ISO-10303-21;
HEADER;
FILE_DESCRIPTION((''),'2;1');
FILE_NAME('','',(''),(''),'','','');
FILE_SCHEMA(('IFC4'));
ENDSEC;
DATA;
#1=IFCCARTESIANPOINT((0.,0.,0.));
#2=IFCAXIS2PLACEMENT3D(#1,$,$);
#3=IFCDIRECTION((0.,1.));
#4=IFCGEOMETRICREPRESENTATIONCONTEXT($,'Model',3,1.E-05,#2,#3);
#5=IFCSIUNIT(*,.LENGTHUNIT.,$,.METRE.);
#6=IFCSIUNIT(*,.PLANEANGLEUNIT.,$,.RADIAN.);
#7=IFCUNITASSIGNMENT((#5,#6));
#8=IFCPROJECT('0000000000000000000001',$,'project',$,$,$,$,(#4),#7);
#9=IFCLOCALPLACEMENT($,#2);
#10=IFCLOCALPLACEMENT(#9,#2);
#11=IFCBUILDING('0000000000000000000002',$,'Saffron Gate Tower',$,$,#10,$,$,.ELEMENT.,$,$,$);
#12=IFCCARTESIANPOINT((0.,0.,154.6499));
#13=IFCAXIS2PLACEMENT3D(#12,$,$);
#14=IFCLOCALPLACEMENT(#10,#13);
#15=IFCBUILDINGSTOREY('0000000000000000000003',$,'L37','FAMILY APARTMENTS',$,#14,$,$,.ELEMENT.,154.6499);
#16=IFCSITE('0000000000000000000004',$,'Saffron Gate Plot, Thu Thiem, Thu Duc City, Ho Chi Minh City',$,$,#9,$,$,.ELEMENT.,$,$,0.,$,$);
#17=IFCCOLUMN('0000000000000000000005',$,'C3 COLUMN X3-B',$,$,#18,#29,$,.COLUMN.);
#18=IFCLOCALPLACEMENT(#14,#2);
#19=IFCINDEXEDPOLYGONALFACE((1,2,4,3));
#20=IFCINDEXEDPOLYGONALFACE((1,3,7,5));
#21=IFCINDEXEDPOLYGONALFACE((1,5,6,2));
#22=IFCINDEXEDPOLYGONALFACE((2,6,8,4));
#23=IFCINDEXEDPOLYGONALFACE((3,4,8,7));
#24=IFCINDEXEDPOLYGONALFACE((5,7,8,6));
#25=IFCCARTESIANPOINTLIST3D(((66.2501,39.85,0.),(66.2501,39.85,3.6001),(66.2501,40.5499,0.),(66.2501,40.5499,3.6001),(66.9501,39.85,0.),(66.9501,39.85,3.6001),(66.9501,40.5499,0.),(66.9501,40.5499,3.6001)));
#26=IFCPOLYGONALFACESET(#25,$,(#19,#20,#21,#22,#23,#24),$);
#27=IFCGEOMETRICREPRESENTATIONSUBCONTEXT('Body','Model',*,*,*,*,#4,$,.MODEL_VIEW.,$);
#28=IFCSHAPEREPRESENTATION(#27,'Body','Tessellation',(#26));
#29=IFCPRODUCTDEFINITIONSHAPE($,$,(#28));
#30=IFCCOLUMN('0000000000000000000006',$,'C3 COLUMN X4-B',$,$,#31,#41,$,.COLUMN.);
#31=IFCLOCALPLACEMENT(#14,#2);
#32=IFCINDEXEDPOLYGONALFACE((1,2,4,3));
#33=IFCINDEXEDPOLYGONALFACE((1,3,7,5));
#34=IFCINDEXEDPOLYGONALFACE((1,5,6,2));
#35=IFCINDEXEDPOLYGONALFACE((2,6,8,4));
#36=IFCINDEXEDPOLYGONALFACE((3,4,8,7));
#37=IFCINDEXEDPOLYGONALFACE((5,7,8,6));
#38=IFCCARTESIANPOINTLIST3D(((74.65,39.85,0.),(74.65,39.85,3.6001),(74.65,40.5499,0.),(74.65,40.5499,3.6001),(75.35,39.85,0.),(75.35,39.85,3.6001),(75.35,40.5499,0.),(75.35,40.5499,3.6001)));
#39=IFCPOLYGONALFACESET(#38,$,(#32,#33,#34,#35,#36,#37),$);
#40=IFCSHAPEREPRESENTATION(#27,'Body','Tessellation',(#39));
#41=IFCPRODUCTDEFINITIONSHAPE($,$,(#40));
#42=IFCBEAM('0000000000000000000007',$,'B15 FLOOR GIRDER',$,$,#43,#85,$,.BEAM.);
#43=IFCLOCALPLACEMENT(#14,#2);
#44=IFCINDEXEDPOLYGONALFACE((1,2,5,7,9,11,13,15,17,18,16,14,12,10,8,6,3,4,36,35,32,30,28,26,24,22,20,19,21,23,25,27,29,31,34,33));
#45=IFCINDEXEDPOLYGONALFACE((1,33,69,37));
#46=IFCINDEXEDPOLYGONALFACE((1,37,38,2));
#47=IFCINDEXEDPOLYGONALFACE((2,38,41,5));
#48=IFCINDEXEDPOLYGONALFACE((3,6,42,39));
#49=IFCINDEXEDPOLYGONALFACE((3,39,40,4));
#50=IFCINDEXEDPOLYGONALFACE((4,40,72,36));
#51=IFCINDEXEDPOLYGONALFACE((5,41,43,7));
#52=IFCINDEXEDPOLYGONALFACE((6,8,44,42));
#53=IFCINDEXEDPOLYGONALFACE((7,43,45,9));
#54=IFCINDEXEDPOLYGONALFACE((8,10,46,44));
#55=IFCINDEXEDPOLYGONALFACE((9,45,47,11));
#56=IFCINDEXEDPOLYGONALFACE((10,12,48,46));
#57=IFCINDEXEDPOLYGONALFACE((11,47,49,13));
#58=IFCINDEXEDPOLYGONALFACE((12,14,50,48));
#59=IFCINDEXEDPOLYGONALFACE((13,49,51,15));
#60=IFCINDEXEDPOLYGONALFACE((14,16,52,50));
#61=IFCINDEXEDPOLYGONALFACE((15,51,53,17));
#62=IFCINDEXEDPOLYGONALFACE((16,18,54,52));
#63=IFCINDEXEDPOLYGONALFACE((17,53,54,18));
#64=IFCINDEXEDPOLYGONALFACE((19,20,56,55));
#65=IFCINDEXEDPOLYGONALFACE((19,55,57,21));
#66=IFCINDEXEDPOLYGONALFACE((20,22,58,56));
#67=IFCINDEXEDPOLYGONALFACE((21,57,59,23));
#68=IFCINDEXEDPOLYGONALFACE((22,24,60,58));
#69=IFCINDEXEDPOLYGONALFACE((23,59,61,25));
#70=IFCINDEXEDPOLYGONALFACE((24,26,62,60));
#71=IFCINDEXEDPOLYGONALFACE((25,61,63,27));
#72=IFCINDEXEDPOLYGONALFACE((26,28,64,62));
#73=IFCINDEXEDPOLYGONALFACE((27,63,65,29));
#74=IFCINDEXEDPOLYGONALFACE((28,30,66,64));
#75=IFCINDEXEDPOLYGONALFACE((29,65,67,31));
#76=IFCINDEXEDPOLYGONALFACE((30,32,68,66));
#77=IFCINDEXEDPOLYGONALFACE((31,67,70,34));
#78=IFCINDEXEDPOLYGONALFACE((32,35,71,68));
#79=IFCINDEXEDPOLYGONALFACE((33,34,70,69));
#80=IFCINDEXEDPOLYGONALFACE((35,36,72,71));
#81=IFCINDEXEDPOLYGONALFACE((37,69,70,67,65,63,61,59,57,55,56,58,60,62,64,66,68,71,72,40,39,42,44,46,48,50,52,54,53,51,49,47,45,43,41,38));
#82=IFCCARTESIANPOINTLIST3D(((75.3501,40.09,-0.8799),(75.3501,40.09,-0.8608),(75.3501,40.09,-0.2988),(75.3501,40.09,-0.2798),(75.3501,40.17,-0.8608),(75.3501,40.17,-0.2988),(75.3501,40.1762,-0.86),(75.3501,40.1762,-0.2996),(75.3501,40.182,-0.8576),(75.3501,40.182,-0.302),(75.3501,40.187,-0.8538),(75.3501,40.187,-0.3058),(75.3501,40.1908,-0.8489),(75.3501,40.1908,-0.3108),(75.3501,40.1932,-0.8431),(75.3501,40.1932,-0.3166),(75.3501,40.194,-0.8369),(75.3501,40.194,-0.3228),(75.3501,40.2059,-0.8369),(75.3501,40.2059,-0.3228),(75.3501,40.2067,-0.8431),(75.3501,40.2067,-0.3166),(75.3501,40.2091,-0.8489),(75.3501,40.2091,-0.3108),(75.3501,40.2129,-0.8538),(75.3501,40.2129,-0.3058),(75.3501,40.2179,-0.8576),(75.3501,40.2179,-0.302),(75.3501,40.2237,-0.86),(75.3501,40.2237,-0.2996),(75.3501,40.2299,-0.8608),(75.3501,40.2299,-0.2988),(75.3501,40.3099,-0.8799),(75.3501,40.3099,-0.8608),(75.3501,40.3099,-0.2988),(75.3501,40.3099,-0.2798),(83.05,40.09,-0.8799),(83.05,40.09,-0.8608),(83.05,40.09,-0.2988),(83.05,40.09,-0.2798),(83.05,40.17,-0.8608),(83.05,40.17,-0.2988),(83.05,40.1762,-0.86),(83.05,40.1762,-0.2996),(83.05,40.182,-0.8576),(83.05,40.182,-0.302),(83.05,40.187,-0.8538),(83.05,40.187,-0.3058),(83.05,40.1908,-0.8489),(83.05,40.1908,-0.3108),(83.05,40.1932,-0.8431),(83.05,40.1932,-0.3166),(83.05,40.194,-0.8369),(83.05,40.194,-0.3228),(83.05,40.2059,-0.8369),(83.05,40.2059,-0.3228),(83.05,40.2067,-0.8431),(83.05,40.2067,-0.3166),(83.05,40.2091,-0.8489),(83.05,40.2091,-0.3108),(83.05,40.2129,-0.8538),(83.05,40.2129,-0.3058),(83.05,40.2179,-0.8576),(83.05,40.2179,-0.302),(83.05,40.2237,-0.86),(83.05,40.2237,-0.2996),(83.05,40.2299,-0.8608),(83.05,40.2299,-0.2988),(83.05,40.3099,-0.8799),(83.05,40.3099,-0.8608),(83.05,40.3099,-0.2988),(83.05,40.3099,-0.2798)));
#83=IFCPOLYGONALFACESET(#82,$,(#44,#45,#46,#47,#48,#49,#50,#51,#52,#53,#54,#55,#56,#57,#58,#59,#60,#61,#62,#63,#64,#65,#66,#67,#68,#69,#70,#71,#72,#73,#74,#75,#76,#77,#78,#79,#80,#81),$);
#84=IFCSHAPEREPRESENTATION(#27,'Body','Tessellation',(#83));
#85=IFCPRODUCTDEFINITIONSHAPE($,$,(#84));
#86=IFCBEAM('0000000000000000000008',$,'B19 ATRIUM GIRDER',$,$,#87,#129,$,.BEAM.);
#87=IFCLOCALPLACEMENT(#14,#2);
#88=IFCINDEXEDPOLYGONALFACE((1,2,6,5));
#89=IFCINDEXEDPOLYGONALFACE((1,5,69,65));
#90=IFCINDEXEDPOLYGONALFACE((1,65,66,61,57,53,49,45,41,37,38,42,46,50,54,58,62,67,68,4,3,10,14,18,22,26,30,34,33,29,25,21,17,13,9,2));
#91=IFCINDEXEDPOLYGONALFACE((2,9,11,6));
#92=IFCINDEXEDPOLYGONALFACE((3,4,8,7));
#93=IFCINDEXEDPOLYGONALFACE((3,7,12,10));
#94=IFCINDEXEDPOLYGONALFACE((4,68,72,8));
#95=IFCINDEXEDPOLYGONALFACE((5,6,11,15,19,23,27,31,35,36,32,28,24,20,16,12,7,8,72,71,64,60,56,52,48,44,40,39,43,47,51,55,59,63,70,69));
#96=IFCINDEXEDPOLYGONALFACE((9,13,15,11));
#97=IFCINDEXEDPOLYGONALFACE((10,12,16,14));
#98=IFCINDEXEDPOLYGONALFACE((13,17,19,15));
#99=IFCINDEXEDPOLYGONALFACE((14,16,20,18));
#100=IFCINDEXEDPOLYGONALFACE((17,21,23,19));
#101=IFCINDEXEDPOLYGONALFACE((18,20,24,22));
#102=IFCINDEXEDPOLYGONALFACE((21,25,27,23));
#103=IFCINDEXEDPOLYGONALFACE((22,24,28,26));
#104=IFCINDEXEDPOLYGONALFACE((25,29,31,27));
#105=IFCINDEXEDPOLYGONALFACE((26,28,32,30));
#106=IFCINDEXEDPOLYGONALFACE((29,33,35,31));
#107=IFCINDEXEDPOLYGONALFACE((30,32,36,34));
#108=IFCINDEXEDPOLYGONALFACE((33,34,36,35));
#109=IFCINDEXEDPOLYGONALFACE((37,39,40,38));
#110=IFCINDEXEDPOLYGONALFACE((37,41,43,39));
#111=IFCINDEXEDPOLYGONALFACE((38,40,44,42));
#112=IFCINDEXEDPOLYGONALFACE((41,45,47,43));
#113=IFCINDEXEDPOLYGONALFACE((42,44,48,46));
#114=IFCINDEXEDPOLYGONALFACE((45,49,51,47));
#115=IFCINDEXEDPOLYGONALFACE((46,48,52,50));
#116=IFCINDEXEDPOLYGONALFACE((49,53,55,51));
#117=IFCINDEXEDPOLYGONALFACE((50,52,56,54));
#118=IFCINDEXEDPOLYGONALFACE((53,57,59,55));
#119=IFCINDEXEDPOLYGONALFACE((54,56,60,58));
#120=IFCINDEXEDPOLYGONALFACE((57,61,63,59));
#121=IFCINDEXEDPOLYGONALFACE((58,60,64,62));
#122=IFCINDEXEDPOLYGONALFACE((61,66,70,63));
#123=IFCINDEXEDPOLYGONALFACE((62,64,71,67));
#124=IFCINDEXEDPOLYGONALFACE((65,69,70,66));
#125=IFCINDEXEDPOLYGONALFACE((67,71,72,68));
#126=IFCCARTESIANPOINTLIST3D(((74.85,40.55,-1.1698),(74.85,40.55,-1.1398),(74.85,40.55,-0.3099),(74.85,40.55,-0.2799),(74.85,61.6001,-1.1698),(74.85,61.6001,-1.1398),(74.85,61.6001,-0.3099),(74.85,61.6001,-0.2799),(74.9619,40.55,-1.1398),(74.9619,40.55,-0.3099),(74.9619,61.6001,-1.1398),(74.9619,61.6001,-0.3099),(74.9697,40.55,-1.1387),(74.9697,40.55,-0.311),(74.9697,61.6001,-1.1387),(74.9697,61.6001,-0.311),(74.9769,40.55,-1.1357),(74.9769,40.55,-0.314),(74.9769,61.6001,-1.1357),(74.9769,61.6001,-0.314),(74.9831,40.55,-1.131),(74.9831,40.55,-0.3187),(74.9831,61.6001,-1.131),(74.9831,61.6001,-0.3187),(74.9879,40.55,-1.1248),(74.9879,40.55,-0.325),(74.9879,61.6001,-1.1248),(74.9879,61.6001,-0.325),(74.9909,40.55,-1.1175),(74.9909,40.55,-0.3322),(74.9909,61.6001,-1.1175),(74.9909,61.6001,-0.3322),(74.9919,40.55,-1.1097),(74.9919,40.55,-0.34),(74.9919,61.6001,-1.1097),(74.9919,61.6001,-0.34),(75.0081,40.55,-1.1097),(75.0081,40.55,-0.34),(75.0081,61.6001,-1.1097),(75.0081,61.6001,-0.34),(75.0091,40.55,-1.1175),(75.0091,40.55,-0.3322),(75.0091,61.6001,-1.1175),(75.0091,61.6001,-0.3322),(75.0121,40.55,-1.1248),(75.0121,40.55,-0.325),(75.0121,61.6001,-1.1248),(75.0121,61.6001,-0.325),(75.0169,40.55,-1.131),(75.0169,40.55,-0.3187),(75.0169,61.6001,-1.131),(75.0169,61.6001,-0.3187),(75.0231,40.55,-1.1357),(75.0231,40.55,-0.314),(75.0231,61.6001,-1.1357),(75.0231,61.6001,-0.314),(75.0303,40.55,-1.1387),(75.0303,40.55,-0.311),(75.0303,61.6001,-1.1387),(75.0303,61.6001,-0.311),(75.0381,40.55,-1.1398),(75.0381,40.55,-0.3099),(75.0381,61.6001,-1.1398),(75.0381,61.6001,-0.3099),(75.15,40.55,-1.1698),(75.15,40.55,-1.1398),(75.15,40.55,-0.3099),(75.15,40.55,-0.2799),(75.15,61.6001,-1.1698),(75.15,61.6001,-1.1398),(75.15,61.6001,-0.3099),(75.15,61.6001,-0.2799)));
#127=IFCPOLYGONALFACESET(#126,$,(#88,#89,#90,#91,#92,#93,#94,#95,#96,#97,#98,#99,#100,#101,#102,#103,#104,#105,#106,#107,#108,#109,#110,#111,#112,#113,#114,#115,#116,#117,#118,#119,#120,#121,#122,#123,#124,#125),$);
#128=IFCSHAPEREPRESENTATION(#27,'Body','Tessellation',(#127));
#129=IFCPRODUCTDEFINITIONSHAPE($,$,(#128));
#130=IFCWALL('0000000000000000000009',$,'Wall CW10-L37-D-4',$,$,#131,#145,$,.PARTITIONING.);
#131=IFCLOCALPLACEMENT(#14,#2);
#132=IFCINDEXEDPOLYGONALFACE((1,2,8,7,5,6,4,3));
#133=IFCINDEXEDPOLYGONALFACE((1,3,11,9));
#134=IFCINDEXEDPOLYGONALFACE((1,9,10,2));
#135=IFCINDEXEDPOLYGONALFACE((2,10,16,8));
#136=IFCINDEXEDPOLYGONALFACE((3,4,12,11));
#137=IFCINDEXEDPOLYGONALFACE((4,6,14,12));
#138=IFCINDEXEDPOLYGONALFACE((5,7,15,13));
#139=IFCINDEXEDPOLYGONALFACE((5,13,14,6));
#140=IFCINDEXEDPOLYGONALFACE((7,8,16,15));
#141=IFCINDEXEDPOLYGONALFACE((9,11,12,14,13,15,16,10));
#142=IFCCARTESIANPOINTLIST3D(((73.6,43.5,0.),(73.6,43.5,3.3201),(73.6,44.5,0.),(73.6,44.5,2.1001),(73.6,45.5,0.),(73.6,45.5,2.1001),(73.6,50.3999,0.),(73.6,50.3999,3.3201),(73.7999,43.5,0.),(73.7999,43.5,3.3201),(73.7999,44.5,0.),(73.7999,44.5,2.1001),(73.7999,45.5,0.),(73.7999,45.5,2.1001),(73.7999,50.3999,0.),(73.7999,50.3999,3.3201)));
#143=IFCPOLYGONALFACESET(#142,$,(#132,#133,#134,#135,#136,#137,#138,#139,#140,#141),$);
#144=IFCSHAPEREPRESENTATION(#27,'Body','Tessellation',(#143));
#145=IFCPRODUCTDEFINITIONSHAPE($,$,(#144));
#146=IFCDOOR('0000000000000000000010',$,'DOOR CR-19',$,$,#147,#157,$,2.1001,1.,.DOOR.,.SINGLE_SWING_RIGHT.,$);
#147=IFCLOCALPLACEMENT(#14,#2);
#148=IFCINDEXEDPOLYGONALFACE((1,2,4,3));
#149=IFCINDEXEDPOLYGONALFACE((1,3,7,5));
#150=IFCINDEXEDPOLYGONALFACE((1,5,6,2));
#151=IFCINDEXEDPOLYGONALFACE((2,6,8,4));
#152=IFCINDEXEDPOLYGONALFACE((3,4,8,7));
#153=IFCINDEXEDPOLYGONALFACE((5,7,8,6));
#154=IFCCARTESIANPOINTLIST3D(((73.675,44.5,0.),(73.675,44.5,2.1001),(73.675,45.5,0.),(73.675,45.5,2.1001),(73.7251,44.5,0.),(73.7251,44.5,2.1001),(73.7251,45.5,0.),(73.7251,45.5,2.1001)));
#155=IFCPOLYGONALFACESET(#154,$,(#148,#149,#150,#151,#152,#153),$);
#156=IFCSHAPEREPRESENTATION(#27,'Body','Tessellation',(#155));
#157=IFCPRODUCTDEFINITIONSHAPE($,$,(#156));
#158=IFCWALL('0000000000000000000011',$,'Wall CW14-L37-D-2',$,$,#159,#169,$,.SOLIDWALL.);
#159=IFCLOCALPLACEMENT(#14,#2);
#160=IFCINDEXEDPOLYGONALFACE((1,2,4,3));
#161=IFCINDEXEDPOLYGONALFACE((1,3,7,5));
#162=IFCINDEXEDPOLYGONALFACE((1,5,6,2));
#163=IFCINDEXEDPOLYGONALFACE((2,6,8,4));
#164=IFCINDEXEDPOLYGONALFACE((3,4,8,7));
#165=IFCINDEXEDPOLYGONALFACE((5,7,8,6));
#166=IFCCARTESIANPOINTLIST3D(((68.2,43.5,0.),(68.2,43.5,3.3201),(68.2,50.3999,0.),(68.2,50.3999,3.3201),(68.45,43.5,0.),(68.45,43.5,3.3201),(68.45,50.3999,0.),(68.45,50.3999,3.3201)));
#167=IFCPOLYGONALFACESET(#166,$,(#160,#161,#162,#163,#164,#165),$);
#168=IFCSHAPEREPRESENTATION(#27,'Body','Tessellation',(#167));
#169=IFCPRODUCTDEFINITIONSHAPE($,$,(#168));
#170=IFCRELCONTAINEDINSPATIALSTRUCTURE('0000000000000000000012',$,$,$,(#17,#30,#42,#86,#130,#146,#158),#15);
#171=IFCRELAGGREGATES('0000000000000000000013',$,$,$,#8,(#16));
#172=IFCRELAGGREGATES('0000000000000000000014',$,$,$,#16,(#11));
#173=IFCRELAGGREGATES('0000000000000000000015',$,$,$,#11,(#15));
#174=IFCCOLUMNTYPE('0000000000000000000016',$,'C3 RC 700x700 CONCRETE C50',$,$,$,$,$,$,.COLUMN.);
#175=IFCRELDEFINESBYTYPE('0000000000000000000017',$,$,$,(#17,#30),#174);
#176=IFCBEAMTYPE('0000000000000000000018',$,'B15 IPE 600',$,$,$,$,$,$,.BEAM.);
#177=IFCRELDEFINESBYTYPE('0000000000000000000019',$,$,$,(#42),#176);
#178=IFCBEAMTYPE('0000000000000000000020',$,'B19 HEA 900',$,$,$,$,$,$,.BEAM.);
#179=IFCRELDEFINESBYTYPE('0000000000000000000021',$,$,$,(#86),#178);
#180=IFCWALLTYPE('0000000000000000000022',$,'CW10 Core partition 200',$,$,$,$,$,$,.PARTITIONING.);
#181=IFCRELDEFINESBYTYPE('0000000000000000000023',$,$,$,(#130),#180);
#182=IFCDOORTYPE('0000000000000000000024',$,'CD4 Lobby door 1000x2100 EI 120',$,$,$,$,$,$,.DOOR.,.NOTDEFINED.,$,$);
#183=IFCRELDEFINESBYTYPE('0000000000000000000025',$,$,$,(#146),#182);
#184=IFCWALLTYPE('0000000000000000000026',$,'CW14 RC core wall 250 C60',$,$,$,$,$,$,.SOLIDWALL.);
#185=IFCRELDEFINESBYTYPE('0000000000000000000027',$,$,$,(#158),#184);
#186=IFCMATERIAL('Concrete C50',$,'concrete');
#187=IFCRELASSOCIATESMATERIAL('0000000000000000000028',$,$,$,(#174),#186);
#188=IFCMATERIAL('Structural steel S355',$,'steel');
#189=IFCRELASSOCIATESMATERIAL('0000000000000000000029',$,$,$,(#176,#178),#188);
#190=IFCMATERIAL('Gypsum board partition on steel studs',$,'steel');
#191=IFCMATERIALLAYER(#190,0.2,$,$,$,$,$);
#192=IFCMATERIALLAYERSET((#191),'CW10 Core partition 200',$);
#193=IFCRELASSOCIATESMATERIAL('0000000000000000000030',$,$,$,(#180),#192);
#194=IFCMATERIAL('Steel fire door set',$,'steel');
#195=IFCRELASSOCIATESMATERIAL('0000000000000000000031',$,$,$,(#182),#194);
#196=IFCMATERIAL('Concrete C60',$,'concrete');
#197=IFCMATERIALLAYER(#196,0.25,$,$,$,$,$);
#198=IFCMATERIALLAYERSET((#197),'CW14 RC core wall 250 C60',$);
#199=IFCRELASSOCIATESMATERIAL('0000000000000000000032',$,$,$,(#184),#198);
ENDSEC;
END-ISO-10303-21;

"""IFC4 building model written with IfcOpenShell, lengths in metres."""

from ifc_helpers import new_model, si_unit, direction, frame, frame_2d, origin, origin_2d, place, context, subcontext, project, spatial, rectangle, i_section, extrude, material, layer, layer_set, material_profile, profile_set, type_object, element, fill, save


model = new_model("IFC4")

# Units and contexts
model_context = context("Model", 3, precision=1e-05, world=origin(), true_north=direction((0.0, 1.0)))
body_context = subcontext(model_context, "Body", "Model", "MODEL_VIEW")
ifc_project = project(units=[si_unit("LENGTHUNIT", "METRE"), si_unit("PLANEANGLEUNIT", "RADIAN")], contexts=[model_context])

# Site, building, storey
site_placement = place(None, origin())
site = spatial("IfcSite", under=ifc_project, at=site_placement, Name="Saffron Gate Plot, Thu Thiem, Thu Duc City, Ho Chi Minh City", CompositionType="ELEMENT", RefElevation=0.0)
building_placement = place(site_placement, origin())
building = spatial("IfcBuilding", under=site, at=building_placement, Name="Saffron Gate Tower", CompositionType="ELEMENT")
storey_placement = place(building_placement, frame((0.0, 0.0, 154.6499)))
storey = spatial("IfcBuildingStorey", under=building, at=storey_placement, Name="L37", Description="FAMILY APARTMENTS", CompositionType="ELEMENT", Elevation=154.6499)

# Columns
ifc_material_1 = material(Name="Concrete C50", Category="concrete")
ifc_material_profile_1 = material_profile(ifc_material_1, rectangle(XDim=0.7, YDim=0.7, at=origin_2d()))
ifc_profile_set_1 = profile_set([ifc_material_profile_1], Name="Concrete C50")
column_type = type_object("IfcColumnType", Name="C3 RC 700x700 CONCRETE C50", PredefinedType="COLUMN", material=ifc_profile_set_1)
for number, where, z_axis, x_axis, name in (
    (1, (66.6001, 40.2, 0.0), (0.0, 0.0, 1.0), (1.0, 0.0, 0.0), "C3 COLUMN X3-B"),
    (2, (75.0, 40.2, 0.0), (0.0, 0.0, 1.0), (1.0, 0.0, 0.0), "C3 COLUMN X4-B"),
):
    element("IfcColumn", number, at=place(storey_placement, frame(where, z_axis=z_axis, x_axis=x_axis)), inside=storey, type_object=column_type, Name=name, PredefinedType="COLUMN", context=body_context, shape_type="SweptSolid", body=[
        extrude(rectangle(XDim=0.7, YDim=0.7, at=origin_2d()), origin(), (0.0, 0.0, 1.0), 3.6001),
    ])

# Beams
ifc_material_2 = material(Name="Structural steel S355", Category="steel")
ifc_material_profile_2 = material_profile(ifc_material_2, i_section(OverallWidth=0.22, OverallDepth=0.6001, WebThickness=0.012, FlangeThickness=0.019, FilletRadius=0.0239, at=origin_2d()))
ifc_profile_set_2 = profile_set([ifc_material_profile_2], Name="Structural steel S355")
beam_type_1 = type_object("IfcBeamType", Name="B15 IPE 600", PredefinedType="BEAM", material=ifc_profile_set_2)
beam_1_placement = place(storey_placement, frame((75.3501, 40.2, -0.5798), z_axis=(1.0, 0.0, 0.0), x_axis=(0.0, 1.0, 0.0)))
element("IfcBeam", 3, at=beam_1_placement, inside=storey, type_object=beam_type_1, Name="B15 FLOOR GIRDER", PredefinedType="BEAM", context=body_context, shape_type="SweptSolid", body=[
    extrude(i_section(OverallWidth=0.22, OverallDepth=0.6001, WebThickness=0.012, FlangeThickness=0.019, FilletRadius=0.0239, at=origin_2d()), origin(), (0.0, 0.0, 1.0), 7.7),
])
ifc_material_profile_3 = material_profile(ifc_material_2, i_section(OverallWidth=0.3, OverallDepth=0.8899, WebThickness=0.0161, FlangeThickness=0.03, FilletRadius=0.03, at=origin_2d()))
ifc_profile_set_3 = profile_set([ifc_material_profile_3], Name="Structural steel S355")
beam_type_2 = type_object("IfcBeamType", Name="B19 HEA 900", PredefinedType="BEAM", material=ifc_profile_set_3)
beam_2_placement = place(storey_placement, frame((75.0, 40.55, -0.7249), z_axis=(0.0, 1.0, 0.0), x_axis=(-1.0, 0.0, 0.0)))
element("IfcBeam", 4, at=beam_2_placement, inside=storey, type_object=beam_type_2, Name="B19 ATRIUM GIRDER", PredefinedType="BEAM", context=body_context, shape_type="SweptSolid", body=[
    extrude(i_section(OverallWidth=0.3, OverallDepth=0.8899, WebThickness=0.0161, FlangeThickness=0.03, FilletRadius=0.03, at=origin_2d()), origin(), (0.0, 0.0, 1.0), 21.05),
])

# Wall, opening, door
ifc_material_3 = material(Name="Gypsum board partition on steel studs", Category="steel")
ifc_layer_1 = layer(ifc_material_3, 0.2)
ifc_layer_set_1 = layer_set([ifc_layer_1], Name="CW10 Core partition 200")
wall_type_1 = type_object("IfcWallType", Name="CW10 Core partition 200", PredefinedType="PARTITIONING", material=ifc_layer_set_1)
wall_1_placement = place(storey_placement, frame((73.7, 43.5, 0.0), z_axis=(0.0, 0.0, 1.0), x_axis=(0.0, 1.0, 0.0)))
wall_1 = element("IfcWall", 5, at=wall_1_placement, inside=storey, type_object=wall_type_1, Name="Wall CW10-L37-D-4", PredefinedType="PARTITIONING", context=body_context, shape_type="SweptSolid", body=[
    extrude(rectangle(XDim=6.8999, YDim=0.2, at=frame_2d((3.45, 0.0))), origin(), (0.0, 0.0, 1.0), 3.3201),
])
opening_1_placement = place(wall_1_placement, frame((1.0, 0.0, 0.0)))
opening_1 = element("IfcOpeningElement", 6, at=opening_1_placement, cuts=wall_1, PredefinedType="OPENING", context=body_context, shape_type="SweptSolid", body=[
    extrude(rectangle(XDim=1.0, YDim=2.1001, at=frame_2d((0.5, 1.05))), frame((0.0, 0.1099, 0.0), z_axis=(0.0, -1.0, 0.0), x_axis=(1.0, 0.0, 0.0)), (0.0, 0.0, 1.0), 0.22),
])
ifc_material_4 = material(Name="Steel fire door set", Category="steel")
door_type_1 = type_object("IfcDoorType", Name="CD4 Lobby door 1000x2100 EI 120", OperationType="NOTDEFINED", PredefinedType="DOOR", material=ifc_material_4)
door_1_placement = place(opening_1_placement, origin())
door_1 = element("IfcDoor", 7, at=door_1_placement, inside=storey, type_object=door_type_1, Name="DOOR CR-19", OperationType="SINGLE_SWING_RIGHT", OverallHeight=2.1001, OverallWidth=1.0, PredefinedType="DOOR", context=body_context, shape_type="SweptSolid", body=[
    extrude(rectangle(XDim=1.0, YDim=2.1001, at=frame_2d((0.5, 1.05))), frame((0.0, 0.0249, 0.0), z_axis=(0.0, -1.0, 0.0), x_axis=(1.0, 0.0, 0.0)), (0.0, 0.0, 1.0), 0.05),
])
fill(opening_1, door_1)

# Wall
ifc_material_5 = material(Name="Concrete C60", Category="concrete")
ifc_layer_2 = layer(ifc_material_5, 0.25)
ifc_layer_set_2 = layer_set([ifc_layer_2], Name="CW14 RC core wall 250 C60")
wall_type_2 = type_object("IfcWallType", Name="CW14 RC core wall 250 C60", PredefinedType="SOLIDWALL", material=ifc_layer_set_2)
wall_2_placement = place(storey_placement, frame((68.325, 43.5, 0.0), z_axis=(0.0, 0.0, 1.0), x_axis=(0.0, 1.0, 0.0)))
element("IfcWall", 8, at=wall_2_placement, inside=storey, type_object=wall_type_2, Name="Wall CW14-L37-D-2", PredefinedType="SOLIDWALL", context=body_context, shape_type="SweptSolid", body=[
    extrude(rectangle(XDim=6.8999, YDim=0.25, at=frame_2d((3.45, 0.0))), origin(), (0.0, 0.0, 1.0), 3.3201),
])

save(model, "model.ifc")
